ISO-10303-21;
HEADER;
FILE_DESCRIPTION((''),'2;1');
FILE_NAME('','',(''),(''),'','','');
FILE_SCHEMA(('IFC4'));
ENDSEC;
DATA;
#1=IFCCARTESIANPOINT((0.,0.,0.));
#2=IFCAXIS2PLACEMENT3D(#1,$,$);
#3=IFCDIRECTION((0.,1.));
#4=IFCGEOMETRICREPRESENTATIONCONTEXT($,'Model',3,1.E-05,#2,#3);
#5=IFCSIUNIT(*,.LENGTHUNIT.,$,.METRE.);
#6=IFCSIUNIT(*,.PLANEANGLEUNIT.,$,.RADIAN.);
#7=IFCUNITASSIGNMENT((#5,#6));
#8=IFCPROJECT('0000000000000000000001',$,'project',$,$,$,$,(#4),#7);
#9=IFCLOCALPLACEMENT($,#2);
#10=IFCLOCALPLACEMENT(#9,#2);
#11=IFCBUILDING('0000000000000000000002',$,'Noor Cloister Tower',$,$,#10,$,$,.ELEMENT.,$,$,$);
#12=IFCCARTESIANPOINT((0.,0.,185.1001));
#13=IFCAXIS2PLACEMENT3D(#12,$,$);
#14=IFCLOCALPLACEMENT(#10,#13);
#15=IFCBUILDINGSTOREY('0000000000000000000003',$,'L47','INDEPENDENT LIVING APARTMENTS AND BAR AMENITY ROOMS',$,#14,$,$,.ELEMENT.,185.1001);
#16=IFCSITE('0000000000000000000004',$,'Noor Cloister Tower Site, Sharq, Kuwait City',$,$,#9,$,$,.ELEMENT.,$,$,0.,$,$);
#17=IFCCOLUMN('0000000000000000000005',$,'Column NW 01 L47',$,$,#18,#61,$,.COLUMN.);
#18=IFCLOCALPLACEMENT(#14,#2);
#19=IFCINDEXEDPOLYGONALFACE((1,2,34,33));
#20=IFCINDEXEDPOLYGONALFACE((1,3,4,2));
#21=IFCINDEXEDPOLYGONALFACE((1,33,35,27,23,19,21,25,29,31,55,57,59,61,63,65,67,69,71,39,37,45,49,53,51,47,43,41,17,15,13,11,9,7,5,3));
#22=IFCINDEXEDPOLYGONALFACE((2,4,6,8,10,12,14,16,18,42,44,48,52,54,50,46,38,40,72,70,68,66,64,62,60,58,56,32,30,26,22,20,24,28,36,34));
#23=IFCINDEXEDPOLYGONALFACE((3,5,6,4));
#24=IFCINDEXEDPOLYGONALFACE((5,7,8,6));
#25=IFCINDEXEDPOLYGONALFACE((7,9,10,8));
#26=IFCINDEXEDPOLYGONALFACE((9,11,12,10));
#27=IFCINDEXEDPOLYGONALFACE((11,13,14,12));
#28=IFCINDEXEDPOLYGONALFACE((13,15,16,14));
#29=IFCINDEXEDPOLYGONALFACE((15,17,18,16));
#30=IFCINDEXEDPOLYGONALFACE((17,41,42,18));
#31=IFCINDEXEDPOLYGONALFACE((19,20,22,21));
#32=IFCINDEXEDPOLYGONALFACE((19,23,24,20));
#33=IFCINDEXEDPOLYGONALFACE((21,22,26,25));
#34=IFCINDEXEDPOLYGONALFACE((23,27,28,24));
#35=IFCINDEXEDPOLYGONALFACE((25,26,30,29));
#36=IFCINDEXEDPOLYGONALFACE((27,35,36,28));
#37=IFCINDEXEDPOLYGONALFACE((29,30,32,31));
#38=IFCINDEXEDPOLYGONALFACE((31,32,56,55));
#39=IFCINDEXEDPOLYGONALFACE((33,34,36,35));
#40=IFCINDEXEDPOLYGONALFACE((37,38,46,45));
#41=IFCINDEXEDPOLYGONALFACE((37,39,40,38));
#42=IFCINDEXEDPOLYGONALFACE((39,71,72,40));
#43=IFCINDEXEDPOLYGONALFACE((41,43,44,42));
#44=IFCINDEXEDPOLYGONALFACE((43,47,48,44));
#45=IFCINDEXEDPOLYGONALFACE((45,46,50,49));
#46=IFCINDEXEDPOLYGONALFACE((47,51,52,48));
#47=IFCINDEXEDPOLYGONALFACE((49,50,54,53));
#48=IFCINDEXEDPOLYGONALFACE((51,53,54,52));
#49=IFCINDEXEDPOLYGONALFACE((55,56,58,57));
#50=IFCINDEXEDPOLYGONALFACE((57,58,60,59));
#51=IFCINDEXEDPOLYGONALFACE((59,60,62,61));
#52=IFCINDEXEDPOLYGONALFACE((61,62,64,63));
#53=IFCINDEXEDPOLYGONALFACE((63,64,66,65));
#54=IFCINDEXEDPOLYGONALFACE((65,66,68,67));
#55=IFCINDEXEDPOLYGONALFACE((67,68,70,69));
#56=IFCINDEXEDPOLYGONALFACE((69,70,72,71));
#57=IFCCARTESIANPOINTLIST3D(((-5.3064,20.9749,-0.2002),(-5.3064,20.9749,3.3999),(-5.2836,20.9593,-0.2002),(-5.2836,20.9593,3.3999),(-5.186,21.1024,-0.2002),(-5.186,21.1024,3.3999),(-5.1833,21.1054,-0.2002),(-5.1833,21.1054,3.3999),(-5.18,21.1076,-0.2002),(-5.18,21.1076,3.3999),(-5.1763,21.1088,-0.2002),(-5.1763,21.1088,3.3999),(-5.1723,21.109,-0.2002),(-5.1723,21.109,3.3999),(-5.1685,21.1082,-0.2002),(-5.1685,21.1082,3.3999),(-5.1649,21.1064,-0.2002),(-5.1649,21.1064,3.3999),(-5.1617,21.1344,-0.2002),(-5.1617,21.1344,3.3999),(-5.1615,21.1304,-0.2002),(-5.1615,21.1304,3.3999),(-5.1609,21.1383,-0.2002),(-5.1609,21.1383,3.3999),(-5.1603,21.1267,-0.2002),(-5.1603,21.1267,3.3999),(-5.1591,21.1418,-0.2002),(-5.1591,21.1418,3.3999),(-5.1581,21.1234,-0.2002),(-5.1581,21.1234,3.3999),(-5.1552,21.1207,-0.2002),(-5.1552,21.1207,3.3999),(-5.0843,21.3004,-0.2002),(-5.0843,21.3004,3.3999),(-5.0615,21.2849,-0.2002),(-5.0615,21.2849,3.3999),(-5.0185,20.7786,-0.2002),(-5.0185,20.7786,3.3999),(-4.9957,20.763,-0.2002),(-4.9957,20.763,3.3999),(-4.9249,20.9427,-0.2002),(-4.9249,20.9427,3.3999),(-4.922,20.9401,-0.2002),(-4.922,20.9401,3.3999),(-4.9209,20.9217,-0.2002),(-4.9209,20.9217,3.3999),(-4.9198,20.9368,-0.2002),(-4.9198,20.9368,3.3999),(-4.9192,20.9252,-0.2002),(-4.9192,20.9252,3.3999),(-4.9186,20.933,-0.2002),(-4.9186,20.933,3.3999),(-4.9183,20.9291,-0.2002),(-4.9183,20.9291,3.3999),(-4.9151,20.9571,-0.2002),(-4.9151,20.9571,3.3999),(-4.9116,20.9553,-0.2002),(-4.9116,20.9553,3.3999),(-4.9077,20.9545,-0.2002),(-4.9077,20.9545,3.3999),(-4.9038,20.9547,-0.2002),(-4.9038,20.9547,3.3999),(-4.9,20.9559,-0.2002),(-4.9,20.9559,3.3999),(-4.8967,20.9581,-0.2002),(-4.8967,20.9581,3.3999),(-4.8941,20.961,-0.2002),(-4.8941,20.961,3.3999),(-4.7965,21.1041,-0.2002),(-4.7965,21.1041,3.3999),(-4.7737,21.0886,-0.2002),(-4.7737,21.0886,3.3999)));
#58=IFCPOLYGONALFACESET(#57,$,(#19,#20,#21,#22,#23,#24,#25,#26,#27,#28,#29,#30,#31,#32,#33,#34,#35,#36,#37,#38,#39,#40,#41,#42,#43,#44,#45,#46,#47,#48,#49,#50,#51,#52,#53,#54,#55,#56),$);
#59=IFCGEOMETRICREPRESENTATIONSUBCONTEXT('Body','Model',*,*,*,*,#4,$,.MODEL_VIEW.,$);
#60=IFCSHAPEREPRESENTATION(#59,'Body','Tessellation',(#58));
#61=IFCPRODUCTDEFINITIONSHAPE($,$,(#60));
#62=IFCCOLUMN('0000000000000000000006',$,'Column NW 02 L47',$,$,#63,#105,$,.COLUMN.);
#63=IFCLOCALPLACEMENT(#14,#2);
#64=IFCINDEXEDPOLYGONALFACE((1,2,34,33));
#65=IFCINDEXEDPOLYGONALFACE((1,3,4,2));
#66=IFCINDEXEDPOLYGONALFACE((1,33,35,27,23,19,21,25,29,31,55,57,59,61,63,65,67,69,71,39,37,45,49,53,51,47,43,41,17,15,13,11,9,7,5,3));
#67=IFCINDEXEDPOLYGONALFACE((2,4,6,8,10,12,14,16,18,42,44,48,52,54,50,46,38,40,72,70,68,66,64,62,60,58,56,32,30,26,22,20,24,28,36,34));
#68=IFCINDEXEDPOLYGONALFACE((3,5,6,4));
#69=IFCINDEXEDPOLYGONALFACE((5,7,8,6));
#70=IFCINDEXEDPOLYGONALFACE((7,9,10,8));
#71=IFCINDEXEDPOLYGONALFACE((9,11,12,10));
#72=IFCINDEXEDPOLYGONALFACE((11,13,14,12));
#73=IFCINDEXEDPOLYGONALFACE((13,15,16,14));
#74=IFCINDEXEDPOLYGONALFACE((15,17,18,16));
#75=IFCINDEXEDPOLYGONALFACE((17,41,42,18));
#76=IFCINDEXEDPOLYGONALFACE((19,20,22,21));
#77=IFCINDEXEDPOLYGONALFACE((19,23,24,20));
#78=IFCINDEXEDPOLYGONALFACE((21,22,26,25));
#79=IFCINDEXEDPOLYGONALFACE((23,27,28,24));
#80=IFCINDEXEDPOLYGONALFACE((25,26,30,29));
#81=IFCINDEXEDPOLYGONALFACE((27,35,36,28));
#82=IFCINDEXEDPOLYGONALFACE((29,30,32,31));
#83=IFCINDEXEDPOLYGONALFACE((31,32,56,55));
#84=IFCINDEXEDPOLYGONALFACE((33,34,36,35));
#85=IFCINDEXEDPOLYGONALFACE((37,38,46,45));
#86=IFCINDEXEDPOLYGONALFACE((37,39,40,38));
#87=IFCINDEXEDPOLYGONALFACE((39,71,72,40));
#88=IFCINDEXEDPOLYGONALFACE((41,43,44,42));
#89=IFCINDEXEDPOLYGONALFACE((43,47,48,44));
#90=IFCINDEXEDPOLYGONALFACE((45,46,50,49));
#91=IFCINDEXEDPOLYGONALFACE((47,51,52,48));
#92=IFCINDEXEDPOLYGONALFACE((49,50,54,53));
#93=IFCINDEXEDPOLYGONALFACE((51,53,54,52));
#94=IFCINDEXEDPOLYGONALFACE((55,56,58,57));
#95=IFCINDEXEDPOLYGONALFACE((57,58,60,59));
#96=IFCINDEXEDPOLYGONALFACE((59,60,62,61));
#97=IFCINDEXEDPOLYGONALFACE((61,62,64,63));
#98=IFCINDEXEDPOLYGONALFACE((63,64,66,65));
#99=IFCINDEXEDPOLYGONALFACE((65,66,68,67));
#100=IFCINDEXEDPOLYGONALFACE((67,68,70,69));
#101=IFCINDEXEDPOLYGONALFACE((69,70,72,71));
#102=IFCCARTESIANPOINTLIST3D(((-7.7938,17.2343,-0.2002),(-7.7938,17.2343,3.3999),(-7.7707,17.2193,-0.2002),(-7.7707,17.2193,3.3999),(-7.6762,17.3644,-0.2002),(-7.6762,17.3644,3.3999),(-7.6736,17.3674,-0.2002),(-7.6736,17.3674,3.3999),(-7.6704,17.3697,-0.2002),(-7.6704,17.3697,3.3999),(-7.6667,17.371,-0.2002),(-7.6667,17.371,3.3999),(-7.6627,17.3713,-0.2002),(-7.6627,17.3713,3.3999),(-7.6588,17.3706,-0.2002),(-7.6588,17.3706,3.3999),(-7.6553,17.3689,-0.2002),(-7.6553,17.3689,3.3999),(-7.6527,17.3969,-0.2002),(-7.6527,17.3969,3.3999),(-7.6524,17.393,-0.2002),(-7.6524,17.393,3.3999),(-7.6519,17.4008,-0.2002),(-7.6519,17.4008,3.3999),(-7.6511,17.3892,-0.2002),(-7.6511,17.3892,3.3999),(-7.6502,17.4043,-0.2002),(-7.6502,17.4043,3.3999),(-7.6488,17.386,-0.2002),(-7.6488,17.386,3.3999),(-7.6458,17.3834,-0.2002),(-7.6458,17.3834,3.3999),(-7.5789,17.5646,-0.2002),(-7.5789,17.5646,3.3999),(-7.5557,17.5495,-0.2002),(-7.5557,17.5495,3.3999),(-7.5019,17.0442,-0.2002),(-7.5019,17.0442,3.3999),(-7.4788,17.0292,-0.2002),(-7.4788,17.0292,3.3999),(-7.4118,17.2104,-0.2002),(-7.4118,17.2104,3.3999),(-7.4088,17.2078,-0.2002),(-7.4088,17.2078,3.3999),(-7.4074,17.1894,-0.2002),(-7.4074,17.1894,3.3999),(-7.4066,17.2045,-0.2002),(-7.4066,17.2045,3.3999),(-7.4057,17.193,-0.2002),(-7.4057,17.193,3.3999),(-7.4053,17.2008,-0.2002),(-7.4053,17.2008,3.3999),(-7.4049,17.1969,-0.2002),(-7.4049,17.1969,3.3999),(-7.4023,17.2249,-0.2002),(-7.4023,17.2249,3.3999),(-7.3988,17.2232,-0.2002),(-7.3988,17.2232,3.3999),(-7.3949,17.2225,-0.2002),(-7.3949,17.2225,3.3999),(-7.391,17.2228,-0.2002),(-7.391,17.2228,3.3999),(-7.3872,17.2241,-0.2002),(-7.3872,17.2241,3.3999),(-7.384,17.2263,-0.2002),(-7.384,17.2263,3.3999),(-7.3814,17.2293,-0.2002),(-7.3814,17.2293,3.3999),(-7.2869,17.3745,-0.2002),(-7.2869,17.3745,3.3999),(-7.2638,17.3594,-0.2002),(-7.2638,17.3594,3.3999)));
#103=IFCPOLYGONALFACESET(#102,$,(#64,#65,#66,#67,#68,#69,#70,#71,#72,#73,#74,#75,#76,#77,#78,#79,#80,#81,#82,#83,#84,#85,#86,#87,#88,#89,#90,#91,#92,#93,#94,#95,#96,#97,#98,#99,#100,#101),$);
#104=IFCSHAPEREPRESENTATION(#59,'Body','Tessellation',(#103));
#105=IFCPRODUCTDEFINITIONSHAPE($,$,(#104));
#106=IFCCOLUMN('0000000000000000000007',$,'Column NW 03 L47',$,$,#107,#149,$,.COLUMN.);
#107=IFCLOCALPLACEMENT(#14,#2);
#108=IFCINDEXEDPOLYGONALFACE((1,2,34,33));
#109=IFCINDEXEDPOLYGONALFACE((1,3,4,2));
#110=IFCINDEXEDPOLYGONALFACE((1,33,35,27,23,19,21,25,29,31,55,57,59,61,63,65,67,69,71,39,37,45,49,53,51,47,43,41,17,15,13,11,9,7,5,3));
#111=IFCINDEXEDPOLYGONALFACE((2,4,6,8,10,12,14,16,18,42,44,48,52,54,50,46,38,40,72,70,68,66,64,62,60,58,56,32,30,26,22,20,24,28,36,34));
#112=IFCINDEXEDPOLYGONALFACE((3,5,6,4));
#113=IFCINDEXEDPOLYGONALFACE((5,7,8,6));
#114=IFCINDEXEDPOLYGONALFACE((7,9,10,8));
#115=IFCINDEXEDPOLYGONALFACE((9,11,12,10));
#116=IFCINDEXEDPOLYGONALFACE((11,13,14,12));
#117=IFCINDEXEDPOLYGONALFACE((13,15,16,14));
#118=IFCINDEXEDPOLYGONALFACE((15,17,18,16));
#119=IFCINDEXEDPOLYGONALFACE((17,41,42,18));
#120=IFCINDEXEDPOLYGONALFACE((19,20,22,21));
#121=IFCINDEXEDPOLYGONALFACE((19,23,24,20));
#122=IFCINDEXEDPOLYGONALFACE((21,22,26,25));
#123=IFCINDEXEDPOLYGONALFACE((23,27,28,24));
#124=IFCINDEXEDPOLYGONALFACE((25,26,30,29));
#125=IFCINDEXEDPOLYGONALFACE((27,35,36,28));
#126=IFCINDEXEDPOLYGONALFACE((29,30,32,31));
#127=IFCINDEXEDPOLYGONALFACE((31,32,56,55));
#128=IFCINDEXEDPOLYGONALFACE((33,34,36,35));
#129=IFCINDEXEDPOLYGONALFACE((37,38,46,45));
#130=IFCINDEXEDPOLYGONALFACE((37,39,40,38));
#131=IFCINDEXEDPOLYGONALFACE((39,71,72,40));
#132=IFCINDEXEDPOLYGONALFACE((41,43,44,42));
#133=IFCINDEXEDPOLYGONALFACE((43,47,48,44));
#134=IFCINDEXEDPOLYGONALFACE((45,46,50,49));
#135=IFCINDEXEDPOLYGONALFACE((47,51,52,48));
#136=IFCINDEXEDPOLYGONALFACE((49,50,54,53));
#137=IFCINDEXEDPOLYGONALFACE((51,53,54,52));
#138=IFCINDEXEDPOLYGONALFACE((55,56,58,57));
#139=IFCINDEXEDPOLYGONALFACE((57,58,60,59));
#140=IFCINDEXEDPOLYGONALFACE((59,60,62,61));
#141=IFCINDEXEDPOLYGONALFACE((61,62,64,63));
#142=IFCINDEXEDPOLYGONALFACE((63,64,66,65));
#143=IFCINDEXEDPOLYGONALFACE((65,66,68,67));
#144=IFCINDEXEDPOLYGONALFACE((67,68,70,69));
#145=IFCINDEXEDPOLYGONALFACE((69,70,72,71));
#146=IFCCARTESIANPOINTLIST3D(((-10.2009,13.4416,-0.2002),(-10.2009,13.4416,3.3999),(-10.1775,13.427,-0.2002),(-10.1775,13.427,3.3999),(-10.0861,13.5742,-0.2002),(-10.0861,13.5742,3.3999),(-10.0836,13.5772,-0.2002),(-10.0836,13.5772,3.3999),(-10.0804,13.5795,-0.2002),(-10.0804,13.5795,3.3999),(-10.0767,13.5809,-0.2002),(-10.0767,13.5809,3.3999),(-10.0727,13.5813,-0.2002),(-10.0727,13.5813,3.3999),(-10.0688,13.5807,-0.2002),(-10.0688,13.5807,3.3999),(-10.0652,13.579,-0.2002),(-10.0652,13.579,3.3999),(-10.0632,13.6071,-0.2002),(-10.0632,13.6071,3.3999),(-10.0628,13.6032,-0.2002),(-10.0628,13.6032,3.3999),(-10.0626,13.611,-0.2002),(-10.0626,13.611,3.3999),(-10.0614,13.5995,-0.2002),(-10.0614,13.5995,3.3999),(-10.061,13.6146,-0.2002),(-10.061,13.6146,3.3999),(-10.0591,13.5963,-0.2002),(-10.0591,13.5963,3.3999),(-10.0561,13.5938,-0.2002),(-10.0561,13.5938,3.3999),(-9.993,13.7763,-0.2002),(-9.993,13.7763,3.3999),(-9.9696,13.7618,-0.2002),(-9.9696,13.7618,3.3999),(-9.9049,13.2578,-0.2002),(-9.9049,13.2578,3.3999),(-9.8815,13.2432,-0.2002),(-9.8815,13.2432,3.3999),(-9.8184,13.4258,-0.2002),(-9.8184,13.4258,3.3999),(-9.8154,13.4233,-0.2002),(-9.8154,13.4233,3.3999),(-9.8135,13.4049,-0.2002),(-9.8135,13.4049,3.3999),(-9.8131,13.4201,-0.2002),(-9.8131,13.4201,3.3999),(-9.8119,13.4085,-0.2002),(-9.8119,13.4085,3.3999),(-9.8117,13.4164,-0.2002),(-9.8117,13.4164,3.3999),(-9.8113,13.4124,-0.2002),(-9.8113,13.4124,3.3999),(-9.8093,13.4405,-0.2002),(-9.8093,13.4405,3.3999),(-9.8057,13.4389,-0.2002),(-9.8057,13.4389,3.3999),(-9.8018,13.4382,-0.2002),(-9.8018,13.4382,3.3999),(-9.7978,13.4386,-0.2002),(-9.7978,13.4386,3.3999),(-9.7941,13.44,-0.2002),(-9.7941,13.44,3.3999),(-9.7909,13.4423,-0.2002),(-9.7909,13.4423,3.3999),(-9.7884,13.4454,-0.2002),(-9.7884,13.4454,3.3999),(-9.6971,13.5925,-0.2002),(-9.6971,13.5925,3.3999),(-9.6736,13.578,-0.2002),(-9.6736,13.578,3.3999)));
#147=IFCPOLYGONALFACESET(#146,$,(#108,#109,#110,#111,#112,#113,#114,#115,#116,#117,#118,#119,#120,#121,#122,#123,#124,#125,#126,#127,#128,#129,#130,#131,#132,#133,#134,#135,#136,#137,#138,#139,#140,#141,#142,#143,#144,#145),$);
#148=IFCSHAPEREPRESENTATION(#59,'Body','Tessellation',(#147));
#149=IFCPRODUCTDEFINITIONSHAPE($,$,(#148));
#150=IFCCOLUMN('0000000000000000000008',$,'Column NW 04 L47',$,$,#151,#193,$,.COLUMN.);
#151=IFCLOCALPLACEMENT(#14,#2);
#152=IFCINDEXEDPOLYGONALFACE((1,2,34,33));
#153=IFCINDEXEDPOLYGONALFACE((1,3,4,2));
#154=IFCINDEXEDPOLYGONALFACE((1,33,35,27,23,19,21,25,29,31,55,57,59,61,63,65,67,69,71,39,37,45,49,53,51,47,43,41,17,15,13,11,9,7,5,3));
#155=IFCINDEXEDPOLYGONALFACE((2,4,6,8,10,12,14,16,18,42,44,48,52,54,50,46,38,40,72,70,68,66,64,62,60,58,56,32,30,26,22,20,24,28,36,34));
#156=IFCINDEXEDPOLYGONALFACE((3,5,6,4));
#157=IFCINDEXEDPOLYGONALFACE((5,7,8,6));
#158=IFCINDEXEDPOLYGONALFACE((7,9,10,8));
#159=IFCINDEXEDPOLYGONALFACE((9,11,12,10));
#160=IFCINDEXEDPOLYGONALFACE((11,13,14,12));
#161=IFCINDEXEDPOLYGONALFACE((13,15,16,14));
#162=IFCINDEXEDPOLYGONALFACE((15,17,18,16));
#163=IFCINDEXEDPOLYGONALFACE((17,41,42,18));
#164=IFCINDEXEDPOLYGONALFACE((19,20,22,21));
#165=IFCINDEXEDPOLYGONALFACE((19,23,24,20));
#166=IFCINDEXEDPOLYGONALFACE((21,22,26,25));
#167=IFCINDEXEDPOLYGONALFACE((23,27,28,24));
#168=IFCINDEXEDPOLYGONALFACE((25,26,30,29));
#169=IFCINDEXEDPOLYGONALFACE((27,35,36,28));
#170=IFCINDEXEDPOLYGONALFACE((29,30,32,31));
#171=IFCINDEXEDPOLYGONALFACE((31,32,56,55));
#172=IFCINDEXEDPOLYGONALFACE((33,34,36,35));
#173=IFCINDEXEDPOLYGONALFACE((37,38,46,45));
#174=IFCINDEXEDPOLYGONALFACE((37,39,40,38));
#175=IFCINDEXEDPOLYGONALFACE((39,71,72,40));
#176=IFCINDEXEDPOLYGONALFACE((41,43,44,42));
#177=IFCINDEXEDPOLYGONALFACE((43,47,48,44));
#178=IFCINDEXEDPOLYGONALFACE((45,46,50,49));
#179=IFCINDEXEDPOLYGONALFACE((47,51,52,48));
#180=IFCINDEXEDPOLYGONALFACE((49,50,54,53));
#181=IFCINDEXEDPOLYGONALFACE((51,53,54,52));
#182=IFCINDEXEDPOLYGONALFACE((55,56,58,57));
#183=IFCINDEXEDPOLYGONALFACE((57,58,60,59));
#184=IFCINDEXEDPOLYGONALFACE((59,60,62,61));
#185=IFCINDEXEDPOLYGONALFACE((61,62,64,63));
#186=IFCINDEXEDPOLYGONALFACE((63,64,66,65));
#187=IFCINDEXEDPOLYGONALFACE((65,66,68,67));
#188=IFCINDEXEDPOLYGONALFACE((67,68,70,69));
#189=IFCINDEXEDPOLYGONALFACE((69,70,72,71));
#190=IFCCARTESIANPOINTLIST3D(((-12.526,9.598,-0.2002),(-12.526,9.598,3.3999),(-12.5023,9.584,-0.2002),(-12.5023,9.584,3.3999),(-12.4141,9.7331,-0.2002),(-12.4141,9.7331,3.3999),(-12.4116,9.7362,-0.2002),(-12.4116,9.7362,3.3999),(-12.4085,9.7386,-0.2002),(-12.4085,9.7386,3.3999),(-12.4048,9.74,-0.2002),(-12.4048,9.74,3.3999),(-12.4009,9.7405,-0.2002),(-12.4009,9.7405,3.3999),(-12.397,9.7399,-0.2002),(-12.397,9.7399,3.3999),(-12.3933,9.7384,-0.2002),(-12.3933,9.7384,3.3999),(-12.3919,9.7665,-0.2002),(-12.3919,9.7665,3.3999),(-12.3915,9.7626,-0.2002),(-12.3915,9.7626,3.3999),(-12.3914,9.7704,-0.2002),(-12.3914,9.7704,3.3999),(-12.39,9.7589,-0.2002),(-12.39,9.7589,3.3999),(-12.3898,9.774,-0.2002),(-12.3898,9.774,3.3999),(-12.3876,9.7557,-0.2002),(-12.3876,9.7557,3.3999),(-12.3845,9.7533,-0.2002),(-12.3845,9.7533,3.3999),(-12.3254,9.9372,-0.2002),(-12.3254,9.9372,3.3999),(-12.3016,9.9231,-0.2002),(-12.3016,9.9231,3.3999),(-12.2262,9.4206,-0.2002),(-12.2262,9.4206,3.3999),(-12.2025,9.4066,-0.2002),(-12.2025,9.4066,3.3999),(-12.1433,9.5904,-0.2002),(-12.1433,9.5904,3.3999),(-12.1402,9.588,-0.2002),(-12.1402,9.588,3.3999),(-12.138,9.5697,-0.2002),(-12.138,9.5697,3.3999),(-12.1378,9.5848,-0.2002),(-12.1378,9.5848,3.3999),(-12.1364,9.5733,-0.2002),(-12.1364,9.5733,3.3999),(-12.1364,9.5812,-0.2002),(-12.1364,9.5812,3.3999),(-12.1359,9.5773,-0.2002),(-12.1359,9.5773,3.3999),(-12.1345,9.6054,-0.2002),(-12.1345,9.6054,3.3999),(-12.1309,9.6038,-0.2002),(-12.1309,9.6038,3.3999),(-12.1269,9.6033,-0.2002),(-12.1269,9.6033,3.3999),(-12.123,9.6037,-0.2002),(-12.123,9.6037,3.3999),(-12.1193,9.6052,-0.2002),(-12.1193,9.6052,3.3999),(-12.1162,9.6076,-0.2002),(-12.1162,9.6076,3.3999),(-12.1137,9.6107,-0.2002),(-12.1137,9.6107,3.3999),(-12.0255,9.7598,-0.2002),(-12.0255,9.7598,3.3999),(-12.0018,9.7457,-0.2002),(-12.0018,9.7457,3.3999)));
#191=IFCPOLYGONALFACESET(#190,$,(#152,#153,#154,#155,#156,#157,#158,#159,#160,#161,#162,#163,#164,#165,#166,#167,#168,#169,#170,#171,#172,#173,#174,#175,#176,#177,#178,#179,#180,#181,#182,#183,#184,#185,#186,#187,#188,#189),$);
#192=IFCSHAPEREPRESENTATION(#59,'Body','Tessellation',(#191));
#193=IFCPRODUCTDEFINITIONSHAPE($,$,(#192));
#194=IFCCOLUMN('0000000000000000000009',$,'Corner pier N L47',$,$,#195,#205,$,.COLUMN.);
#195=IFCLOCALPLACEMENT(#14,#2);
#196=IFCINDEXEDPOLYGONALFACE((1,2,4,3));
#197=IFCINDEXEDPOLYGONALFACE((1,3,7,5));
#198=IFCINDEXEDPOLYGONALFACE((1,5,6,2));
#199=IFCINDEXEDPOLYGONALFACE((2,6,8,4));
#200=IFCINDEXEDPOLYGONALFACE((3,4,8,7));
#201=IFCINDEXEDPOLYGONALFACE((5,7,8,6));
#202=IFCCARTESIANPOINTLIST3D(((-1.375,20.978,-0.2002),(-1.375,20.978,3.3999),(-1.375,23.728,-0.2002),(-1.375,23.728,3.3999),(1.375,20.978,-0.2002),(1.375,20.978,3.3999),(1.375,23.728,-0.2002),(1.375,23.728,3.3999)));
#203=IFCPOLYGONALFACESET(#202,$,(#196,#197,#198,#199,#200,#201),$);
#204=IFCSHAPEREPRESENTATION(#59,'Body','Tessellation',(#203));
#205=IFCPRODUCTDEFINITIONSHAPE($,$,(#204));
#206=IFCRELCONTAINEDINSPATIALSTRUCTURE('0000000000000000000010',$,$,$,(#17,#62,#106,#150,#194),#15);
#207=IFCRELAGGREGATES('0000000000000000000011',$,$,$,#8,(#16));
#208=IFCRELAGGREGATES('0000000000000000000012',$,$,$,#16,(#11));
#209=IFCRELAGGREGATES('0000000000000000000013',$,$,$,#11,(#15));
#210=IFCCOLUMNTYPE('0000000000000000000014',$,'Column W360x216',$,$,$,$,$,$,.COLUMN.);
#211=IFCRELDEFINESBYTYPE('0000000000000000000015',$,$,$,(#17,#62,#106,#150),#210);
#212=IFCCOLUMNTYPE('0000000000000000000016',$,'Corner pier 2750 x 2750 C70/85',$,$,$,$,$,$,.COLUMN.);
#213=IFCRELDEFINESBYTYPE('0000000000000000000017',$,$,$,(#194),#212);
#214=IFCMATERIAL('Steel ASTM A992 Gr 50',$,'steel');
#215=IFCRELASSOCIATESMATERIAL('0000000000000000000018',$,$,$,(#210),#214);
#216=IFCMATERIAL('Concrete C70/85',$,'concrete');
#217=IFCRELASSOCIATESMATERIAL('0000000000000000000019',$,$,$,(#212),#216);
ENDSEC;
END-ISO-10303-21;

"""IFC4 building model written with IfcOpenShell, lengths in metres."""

from ifc_helpers import new_model, si_unit, direction, frame, origin, origin_2d, place, context, subcontext, project, spatial, rectangle, i_section, extrude, material, material_profile, profile_set, type_object, element, save


model = new_model("IFC4")

# Units and contexts
model_context = context("Model", 3, precision=1e-05, world=origin(), true_north=direction((0.0, 1.0)))
body_context = subcontext(model_context, "Body", "Model", "MODEL_VIEW")
ifc_project = project(units=[si_unit("LENGTHUNIT", "METRE"), si_unit("PLANEANGLEUNIT", "RADIAN")], contexts=[model_context])

# Site, building, storey
site_placement = place(None, origin())
site = spatial("IfcSite", under=ifc_project, at=site_placement, Name="Noor Cloister Tower Site, Sharq, Kuwait City", CompositionType="ELEMENT", RefElevation=0.0)
building_placement = place(site_placement, origin())
building = spatial("IfcBuilding", under=site, at=building_placement, Name="Noor Cloister Tower", CompositionType="ELEMENT")
storey_placement = place(building_placement, frame((0.0, 0.0, 185.1001)))
storey = spatial("IfcBuildingStorey", under=building, at=storey_placement, Name="L47", Description="INDEPENDENT LIVING APARTMENTS AND BAR AMENITY ROOMS", CompositionType="ELEMENT", Elevation=185.1001)

# Columns
ifc_material_1 = material(Name="Steel ASTM A992 Gr 50", Category="steel")
ifc_material_profile_1 = material_profile(ifc_material_1, i_section(OverallWidth=0.394, OverallDepth=0.376, WebThickness=0.0173, FlangeThickness=0.0276, FilletRadius=0.0151, at=origin_2d()), Name="W360x216")
ifc_profile_set_1 = profile_set([ifc_material_profile_1], Name="Steel ASTM A992 Gr 50")
column_type_1 = type_object("IfcColumnType", Name="Column W360x216", PredefinedType="COLUMN", material=ifc_profile_set_1)
for number, where, z_axis, x_axis, name in (
    (1, (-5.04, 21.0317, -0.2002), (0.0, 0.0, 1.0), (-0.563426, -0.826166, 0.0), "Column NW 01 L47"),
    (2, (-7.5288, 17.2969, -0.2002), (0.0, 0.0, 1.0), (-0.545612, -0.838038, 0.0), "Column NW 02 L47"),
    (3, (-9.9373, 13.5098, -0.2002), (0.0, 0.0, 1.0), (-0.527547, -0.849526, 0.0), "Column NW 03 L47"),
    (4, (-12.2639, 9.6719, -0.2002), (0.0, 0.0, 1.0), (-0.509241, -0.860624, 0.0), "Column NW 04 L47"),
):
    element("IfcColumn", number, at=place(storey_placement, frame(where, z_axis=z_axis, x_axis=x_axis)), inside=storey, type_object=column_type_1, Name=name, PredefinedType="COLUMN", context=body_context, shape_type="SweptSolid", body=[
        extrude(i_section(OverallWidth=0.394, OverallDepth=0.376, WebThickness=0.0173, FlangeThickness=0.0276, FilletRadius=0.0151, at=origin_2d()), origin(), (0.0, 0.0, 1.0), 3.6001),
    ])
ifc_material_2 = material(Name="Concrete C70/85", Category="concrete")
ifc_material_profile_2 = material_profile(ifc_material_2, rectangle(XDim=2.75, YDim=2.75, at=origin_2d()), Name="RC 2750x2750")
ifc_profile_set_2 = profile_set([ifc_material_profile_2], Name="Concrete C70/85")
column_type_2 = type_object("IfcColumnType", Name="Corner pier 2750 x 2750 C70/85", PredefinedType="COLUMN", material=ifc_profile_set_2)
column_placement = place(storey_placement, frame((0.0, 22.353, -0.2002), z_axis=(0.0, 0.0, 1.0), x_axis=(0.0, 1.0, 0.0)))
element("IfcColumn", 5, at=column_placement, inside=storey, type_object=column_type_2, Name="Corner pier N L47", PredefinedType="COLUMN", context=body_context, shape_type="SweptSolid", body=[
    extrude(rectangle(XDim=2.75, YDim=2.75, at=origin_2d()), origin(), (0.0, 0.0, 1.0), 3.6001),
])

save(model, "model.ifc")
